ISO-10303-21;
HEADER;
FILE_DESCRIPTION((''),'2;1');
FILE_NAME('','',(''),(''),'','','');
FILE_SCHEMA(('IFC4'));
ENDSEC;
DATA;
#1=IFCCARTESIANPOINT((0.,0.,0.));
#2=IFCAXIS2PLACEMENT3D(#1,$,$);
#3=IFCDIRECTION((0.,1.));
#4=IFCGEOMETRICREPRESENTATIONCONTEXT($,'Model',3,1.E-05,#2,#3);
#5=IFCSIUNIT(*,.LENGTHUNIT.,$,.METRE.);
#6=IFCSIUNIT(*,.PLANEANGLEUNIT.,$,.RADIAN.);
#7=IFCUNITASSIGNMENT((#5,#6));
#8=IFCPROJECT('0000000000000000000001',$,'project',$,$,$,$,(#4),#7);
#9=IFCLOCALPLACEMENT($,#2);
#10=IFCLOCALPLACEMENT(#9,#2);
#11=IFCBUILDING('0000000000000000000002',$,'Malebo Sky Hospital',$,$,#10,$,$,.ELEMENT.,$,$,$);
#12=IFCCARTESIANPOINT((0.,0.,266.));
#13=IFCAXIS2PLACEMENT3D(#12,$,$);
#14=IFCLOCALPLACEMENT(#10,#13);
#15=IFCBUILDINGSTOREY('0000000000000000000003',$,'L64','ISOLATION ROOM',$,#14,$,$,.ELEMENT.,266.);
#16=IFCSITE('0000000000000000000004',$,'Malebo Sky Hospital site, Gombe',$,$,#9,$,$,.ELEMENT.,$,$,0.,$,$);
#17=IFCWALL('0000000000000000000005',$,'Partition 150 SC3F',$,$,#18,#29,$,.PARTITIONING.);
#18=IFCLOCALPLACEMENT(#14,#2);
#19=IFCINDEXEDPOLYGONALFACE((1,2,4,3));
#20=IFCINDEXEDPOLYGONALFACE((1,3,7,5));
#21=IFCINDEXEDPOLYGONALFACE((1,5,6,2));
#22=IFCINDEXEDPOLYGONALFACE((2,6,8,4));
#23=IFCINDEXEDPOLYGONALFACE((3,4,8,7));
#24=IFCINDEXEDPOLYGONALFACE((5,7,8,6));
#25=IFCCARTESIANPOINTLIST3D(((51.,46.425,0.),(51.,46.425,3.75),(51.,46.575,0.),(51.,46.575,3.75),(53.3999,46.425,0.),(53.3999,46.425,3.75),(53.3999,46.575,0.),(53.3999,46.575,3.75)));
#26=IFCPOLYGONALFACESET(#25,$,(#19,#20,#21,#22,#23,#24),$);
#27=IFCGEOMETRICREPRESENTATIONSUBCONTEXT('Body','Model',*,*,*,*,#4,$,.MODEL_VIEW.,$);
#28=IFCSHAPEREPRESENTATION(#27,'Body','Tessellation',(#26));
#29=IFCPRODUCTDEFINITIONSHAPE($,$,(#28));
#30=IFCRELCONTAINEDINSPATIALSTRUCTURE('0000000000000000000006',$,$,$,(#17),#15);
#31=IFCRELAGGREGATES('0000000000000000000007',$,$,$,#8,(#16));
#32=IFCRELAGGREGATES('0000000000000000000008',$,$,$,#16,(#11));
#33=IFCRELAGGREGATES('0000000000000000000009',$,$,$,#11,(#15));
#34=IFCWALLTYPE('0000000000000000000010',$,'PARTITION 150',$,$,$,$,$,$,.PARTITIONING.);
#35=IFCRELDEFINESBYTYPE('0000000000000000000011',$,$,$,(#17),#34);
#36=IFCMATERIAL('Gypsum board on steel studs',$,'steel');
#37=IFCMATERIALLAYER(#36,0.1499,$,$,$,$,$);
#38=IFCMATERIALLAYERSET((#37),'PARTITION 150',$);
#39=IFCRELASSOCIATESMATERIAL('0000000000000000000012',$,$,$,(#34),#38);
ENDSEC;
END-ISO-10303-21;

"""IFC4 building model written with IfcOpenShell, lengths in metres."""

from ifc_helpers import new_model, si_unit, direction, frame, frame_2d, origin, place, context, subcontext, project, spatial, rectangle, extrude, material, layer, layer_set, type_object, element, save


model = new_model("IFC4")

# Units and contexts
model_context = context("Model", 3, precision=1e-05, world=origin(), true_north=direction((0.0, 1.0)))
body_context = subcontext(model_context, "Body", "Model", "MODEL_VIEW")
ifc_project = project(units=[si_unit("LENGTHUNIT", "METRE"), si_unit("PLANEANGLEUNIT", "RADIAN")], contexts=[model_context])

# Site, building, storey
site_placement = place(None, origin())
site = spatial("IfcSite", under=ifc_project, at=site_placement, Name="Malebo Sky Hospital site, Gombe", CompositionType="ELEMENT", RefElevation=0.0)
building_placement = place(site_placement, origin())
building = spatial("IfcBuilding", under=site, at=building_placement, Name="Malebo Sky Hospital", CompositionType="ELEMENT")
storey_placement = place(building_placement, frame((0.0, 0.0, 266.0)))
storey = spatial("IfcBuildingStorey", under=building, at=storey_placement, Name="L64", Description="ISOLATION ROOM", CompositionType="ELEMENT", Elevation=266.0)

# Wall
ifc_material_1 = material(Name="Gypsum board on steel studs", Category="steel")
ifc_layer_1 = layer(ifc_material_1, 0.1499)
ifc_layer_set_1 = layer_set([ifc_layer_1], Name="PARTITION 150")
wall_type = type_object("IfcWallType", Name="PARTITION 150", PredefinedType="PARTITIONING", material=ifc_layer_set_1)
wall_placement = place(storey_placement, frame((53.3999, 46.5, 0.0), z_axis=(0.0, 0.0, 1.0), x_axis=(-1.0, 0.0, 0.0)))
element("IfcWall", 1, at=wall_placement, inside=storey, type_object=wall_type, Name="Partition 150 SC3F", PredefinedType="PARTITIONING", context=body_context, shape_type="SweptSolid", body=[
    extrude(rectangle(XDim=2.3999, YDim=0.1499, at=frame_2d((1.2, 0.0))), origin(), (0.0, 0.0, 1.0), 3.75),
])

save(model, "model.ifc")
